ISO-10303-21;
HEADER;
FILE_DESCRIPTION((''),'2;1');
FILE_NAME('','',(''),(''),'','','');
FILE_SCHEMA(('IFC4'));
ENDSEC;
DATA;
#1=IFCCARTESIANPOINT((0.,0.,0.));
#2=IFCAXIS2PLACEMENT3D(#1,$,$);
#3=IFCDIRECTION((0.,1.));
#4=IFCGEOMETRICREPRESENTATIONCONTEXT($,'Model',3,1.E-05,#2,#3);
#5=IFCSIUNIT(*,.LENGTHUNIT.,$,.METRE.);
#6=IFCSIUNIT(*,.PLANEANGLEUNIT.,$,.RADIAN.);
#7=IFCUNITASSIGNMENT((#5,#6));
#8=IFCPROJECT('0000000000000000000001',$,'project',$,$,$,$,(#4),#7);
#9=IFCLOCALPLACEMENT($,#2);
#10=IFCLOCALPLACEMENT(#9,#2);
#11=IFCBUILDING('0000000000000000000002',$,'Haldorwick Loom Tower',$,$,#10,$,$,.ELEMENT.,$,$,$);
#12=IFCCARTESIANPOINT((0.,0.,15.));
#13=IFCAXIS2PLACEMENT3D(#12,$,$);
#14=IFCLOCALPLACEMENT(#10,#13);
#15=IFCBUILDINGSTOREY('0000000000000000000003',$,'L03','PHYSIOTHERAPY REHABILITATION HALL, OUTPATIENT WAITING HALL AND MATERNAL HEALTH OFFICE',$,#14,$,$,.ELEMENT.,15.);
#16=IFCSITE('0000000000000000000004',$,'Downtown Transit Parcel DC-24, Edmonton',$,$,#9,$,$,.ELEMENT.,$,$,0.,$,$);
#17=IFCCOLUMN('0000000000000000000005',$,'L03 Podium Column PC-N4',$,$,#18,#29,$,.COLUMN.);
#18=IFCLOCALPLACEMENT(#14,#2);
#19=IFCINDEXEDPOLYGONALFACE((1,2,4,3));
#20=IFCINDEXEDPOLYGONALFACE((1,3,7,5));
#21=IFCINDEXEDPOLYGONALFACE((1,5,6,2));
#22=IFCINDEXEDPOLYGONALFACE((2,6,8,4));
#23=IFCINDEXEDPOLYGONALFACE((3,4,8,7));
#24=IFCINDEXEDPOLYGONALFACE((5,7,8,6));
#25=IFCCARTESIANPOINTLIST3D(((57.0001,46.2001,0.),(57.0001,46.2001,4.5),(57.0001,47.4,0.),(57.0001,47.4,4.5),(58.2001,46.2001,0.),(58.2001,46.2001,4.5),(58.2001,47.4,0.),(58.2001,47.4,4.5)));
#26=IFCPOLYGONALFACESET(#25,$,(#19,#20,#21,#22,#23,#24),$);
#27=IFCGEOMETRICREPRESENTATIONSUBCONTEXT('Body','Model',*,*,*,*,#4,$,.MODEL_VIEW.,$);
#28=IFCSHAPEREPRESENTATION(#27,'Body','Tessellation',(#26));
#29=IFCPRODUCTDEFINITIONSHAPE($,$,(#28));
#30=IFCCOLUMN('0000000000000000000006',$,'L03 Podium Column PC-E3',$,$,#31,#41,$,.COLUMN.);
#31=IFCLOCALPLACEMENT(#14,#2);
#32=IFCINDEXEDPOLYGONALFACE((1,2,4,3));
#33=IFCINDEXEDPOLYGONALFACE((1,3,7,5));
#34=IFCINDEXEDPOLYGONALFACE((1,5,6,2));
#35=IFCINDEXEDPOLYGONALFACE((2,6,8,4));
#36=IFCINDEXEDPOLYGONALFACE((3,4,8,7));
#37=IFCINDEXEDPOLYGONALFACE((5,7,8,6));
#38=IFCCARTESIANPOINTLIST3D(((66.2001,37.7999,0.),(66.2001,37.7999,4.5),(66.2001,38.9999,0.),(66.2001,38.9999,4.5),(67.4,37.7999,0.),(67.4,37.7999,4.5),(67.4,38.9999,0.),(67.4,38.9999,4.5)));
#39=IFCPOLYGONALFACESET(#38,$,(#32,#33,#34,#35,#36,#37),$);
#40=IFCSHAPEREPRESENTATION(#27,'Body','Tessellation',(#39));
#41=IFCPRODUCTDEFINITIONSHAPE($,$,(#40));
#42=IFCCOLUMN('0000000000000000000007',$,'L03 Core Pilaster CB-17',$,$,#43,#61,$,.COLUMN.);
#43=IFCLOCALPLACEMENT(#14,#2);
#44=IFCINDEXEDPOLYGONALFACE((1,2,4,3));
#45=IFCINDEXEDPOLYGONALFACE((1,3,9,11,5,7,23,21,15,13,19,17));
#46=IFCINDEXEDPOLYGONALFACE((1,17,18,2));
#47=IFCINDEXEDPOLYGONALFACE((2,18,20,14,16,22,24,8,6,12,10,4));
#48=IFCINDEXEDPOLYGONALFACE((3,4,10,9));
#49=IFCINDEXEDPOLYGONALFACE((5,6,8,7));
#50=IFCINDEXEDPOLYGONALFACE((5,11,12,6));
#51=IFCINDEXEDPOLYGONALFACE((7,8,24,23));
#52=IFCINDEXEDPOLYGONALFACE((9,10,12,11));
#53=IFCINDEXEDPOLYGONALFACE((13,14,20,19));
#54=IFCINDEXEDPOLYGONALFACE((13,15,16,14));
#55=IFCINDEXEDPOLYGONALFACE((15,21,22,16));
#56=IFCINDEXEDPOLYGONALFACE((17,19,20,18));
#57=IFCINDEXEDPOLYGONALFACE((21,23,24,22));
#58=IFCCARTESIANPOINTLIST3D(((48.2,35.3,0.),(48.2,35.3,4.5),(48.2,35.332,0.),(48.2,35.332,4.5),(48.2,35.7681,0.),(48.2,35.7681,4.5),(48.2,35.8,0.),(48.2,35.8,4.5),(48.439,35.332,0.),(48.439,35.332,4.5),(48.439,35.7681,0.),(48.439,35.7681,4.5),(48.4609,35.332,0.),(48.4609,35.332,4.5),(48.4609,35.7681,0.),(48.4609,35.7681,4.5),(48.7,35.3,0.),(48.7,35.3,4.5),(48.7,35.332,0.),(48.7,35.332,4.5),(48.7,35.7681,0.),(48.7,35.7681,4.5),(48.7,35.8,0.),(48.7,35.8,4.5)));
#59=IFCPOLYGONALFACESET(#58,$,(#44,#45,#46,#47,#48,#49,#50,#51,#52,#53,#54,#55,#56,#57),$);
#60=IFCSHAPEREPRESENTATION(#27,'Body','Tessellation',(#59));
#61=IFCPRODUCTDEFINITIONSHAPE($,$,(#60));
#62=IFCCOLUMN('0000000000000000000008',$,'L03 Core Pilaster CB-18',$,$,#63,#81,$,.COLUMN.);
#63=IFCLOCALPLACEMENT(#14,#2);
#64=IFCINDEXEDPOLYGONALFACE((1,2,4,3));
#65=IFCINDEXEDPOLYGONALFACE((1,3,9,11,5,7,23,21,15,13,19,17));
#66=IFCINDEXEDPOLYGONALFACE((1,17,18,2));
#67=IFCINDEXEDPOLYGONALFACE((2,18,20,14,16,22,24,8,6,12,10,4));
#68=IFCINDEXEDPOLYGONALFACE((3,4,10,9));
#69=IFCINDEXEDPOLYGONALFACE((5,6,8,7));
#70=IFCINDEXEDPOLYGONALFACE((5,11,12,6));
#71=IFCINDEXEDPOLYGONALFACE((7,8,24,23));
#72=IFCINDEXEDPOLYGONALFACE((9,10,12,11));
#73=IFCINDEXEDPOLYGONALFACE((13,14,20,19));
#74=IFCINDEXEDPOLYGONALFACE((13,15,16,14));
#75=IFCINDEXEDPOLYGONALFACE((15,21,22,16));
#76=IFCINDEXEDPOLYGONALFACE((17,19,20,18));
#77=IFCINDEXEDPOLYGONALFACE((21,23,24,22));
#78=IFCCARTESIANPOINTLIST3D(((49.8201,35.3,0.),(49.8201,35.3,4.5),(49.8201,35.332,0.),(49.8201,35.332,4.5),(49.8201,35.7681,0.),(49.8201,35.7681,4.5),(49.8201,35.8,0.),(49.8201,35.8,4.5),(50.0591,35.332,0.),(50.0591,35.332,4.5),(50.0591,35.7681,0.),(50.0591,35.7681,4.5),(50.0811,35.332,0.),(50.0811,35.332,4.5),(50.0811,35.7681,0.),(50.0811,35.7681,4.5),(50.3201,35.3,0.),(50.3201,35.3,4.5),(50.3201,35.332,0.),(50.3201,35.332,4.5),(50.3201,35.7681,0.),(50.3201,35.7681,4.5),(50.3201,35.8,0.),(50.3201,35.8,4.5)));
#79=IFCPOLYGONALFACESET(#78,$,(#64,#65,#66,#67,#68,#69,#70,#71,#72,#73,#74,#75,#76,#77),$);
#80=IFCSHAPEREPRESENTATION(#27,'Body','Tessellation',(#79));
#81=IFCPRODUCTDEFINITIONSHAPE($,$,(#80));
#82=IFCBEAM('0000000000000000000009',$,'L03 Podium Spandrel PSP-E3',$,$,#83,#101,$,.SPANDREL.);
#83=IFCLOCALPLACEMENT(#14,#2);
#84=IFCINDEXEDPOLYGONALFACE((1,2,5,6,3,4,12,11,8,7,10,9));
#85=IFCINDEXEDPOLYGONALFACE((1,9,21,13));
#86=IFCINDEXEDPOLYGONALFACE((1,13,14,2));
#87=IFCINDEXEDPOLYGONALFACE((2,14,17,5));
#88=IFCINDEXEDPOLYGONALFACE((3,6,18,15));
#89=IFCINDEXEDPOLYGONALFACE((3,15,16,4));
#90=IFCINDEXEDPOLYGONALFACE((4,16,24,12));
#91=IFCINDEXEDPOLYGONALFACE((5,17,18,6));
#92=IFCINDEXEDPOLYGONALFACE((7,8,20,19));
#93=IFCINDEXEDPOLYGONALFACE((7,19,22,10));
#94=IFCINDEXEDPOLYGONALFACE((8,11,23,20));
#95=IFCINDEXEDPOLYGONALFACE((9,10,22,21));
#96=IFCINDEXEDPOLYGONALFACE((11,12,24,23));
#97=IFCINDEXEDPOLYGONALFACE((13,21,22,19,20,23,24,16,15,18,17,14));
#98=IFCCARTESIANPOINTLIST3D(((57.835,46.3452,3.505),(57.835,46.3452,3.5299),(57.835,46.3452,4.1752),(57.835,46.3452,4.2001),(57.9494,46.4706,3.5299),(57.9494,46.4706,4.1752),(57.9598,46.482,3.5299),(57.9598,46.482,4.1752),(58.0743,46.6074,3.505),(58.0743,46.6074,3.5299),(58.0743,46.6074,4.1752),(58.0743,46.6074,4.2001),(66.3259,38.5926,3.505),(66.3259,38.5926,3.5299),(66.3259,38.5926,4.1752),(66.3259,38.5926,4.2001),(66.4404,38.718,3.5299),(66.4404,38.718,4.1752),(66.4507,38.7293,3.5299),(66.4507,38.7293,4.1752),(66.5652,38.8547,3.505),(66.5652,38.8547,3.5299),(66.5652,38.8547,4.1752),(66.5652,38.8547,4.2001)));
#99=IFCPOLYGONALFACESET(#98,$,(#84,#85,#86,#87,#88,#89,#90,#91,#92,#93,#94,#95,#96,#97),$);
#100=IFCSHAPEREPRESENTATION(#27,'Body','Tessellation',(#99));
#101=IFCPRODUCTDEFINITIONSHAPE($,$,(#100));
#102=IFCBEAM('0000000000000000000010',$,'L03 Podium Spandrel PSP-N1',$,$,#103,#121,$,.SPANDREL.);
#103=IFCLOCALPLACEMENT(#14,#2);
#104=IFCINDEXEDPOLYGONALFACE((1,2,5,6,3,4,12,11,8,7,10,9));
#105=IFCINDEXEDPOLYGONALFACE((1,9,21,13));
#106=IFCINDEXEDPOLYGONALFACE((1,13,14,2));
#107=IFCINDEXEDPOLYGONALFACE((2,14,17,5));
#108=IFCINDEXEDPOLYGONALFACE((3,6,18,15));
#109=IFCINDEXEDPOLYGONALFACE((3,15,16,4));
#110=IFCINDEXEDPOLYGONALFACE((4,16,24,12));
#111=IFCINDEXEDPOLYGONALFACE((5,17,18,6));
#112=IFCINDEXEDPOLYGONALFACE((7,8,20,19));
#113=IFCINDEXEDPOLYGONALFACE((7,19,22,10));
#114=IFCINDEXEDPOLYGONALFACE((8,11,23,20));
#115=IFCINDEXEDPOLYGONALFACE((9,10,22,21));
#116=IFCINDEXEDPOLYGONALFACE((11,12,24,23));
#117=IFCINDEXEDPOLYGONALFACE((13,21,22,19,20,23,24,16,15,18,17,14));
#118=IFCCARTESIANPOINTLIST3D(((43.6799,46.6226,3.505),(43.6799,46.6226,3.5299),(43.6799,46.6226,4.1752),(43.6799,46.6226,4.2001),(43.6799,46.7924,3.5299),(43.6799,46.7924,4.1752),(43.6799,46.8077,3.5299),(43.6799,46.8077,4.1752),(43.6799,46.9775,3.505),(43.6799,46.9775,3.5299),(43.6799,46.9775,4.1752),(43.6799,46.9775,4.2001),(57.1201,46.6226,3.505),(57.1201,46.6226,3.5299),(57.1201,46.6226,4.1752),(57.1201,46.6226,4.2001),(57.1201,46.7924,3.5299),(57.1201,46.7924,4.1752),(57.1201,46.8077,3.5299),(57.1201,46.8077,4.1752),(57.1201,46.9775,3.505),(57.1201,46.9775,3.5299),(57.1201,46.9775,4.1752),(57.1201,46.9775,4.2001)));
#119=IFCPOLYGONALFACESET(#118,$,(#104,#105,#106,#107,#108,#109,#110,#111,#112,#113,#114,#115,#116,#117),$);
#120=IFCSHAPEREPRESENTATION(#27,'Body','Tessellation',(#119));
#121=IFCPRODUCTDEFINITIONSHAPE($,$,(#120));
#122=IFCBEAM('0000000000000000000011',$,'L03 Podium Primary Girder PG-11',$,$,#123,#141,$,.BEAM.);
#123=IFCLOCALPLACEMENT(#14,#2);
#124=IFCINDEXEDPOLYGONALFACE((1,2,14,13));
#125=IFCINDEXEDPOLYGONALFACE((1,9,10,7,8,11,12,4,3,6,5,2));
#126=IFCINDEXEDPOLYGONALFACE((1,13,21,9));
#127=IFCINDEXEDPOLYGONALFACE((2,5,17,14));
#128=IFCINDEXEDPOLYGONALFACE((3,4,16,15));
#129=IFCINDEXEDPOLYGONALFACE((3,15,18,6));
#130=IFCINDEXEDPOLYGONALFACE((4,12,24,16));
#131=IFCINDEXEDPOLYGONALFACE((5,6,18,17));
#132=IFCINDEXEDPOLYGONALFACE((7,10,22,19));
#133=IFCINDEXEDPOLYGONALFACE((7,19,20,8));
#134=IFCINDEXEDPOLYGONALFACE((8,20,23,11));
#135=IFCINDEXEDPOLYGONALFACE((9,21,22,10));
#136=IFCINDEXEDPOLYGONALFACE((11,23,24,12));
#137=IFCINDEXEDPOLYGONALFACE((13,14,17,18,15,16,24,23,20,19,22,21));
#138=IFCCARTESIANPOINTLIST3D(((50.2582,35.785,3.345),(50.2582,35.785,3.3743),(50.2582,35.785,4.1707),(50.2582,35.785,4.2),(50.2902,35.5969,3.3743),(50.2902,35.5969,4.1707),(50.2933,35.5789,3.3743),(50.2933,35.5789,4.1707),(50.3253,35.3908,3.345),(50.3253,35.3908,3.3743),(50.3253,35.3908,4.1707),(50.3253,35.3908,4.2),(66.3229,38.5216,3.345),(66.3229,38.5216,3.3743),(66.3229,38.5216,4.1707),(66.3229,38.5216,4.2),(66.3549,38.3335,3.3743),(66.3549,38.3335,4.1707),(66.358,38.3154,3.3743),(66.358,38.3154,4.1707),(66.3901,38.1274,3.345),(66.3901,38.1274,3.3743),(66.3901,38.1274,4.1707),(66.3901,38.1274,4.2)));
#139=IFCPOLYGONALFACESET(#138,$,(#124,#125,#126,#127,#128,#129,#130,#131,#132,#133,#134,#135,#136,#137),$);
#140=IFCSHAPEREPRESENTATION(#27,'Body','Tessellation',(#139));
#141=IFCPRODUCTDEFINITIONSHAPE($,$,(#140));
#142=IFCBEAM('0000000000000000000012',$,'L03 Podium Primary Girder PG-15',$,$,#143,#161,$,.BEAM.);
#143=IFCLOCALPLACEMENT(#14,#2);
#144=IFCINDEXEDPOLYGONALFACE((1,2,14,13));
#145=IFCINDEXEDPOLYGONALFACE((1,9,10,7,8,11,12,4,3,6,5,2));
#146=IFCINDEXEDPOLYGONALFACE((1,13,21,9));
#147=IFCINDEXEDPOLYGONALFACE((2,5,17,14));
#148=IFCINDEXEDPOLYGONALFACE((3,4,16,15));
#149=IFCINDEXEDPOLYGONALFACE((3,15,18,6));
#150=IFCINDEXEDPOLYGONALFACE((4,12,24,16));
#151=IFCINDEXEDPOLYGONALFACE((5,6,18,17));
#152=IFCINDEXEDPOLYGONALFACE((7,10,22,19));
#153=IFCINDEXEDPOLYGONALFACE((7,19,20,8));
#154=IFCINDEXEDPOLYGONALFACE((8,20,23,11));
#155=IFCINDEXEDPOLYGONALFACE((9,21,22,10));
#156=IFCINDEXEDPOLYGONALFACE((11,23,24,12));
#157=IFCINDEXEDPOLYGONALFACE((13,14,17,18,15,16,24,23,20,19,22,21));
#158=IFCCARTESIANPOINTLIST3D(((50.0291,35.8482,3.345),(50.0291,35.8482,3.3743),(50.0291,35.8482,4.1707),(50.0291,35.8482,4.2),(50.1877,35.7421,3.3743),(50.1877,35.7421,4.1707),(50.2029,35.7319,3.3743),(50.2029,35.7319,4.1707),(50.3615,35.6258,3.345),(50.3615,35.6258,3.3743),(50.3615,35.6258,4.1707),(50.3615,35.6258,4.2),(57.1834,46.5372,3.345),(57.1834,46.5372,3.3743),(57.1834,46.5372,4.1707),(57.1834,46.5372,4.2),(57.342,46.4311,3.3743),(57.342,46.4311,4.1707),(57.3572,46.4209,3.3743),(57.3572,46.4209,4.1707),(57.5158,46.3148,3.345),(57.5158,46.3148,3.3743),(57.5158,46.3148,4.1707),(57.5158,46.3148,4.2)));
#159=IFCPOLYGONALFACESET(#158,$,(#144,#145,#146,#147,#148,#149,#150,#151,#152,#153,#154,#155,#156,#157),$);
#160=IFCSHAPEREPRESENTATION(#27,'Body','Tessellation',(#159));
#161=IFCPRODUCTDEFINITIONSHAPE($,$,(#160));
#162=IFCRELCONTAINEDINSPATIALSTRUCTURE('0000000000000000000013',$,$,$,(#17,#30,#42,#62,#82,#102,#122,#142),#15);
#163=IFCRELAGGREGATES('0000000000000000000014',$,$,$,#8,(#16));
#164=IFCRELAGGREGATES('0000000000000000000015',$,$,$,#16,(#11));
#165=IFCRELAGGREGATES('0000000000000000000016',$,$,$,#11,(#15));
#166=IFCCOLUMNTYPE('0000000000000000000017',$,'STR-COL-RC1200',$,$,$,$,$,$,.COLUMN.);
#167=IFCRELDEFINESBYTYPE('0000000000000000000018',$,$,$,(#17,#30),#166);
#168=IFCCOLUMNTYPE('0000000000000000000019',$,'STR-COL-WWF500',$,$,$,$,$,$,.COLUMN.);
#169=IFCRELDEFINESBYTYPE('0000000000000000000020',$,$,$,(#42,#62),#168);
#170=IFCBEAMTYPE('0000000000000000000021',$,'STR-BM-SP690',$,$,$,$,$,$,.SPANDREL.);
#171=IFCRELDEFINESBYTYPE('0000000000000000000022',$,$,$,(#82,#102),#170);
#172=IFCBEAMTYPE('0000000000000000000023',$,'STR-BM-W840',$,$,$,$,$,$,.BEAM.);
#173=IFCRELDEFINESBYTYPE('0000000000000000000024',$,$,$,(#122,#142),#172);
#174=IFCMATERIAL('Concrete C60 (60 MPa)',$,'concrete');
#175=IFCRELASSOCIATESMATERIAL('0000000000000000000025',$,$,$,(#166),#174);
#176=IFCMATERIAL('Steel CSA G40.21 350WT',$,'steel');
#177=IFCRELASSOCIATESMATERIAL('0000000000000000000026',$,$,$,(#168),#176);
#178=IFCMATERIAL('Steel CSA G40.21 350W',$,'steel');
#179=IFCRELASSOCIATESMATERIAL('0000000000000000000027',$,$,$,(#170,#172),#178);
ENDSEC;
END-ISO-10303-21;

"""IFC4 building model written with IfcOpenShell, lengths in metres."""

from ifc_helpers import new_model, si_unit, direction, frame, origin, origin_2d, place, context, subcontext, project, spatial, rectangle, i_section, extrude, material, material_profile, profile_set, type_object, element, save


model = new_model("IFC4")

# Units and contexts
model_context = context("Model", 3, precision=1e-05, world=origin(), true_north=direction((0.0, 1.0)))
body_context = subcontext(model_context, "Body", "Model", "MODEL_VIEW")
ifc_project = project(units=[si_unit("LENGTHUNIT", "METRE"), si_unit("PLANEANGLEUNIT", "RADIAN")], contexts=[model_context])

# Site, building, storey
site_placement = place(None, origin())
site = spatial("IfcSite", under=ifc_project, at=site_placement, Name="Downtown Transit Parcel DC-24, Edmonton", CompositionType="ELEMENT", RefElevation=0.0)
building_placement = place(site_placement, origin())
building = spatial("IfcBuilding", under=site, at=building_placement, Name="Haldorwick Loom Tower", CompositionType="ELEMENT")
storey_placement = place(building_placement, frame((0.0, 0.0, 15.0)))
storey = spatial("IfcBuildingStorey", under=building, at=storey_placement, Name="L03", Description="PHYSIOTHERAPY REHABILITATION HALL, OUTPATIENT WAITING HALL AND MATERNAL HEALTH OFFICE", CompositionType="ELEMENT", Elevation=15.0)

# Columns
ifc_material_1 = material(Name="Concrete C60 (60 MPa)", Category="concrete")
ifc_material_profile_1 = material_profile(ifc_material_1, rectangle(XDim=1.2, YDim=1.2, at=origin_2d()), Name="RC1200X1200", Category="concrete")
ifc_profile_set_1 = profile_set([ifc_material_profile_1], Name="Concrete C60 (60 MPa)")
column_type_1 = type_object("IfcColumnType", Name="STR-COL-RC1200", PredefinedType="COLUMN", material=ifc_profile_set_1)
for number, where, z_axis, x_axis, name in (
    (1, (57.6001, 46.8, 0.0), (0.0, 0.0, 1.0), (1.0, 0.0, 0.0), "L03 Podium Column PC-N4"),
    (2, (66.8, 38.3999, 0.0), (0.0, 0.0, 1.0), (1.0, 0.0, 0.0), "L03 Podium Column PC-E3"),
):
    element("IfcColumn", number, at=place(storey_placement, frame(where, z_axis=z_axis, x_axis=x_axis)), inside=storey, type_object=column_type_1, Name=name, PredefinedType="COLUMN", context=body_context, shape_type="SweptSolid", body=[
        extrude(rectangle(XDim=1.2, YDim=1.2, at=origin_2d()), origin(), (0.0, 0.0, 1.0), 4.5),
    ])
ifc_material_2 = material(Name="Steel CSA G40.21 350WT", Category="steel")
ifc_material_profile_2 = material_profile(ifc_material_2, i_section(OverallWidth=0.5, OverallDepth=0.5, WebThickness=0.022, FlangeThickness=0.032, at=origin_2d()), Name="WWF500X500", Category="steel")
ifc_profile_set_2 = profile_set([ifc_material_profile_2], Name="Steel CSA G40.21 350WT")
column_type_2 = type_object("IfcColumnType", Name="STR-COL-WWF500", PredefinedType="COLUMN", material=ifc_profile_set_2)
for number, where, z_axis, x_axis, name in (
    (3, (48.45, 35.55, 0.0), (0.0, 0.0, 1.0), (1.0, 0.0, 0.0), "L03 Core Pilaster CB-17"),
    (4, (50.0701, 35.55, 0.0), (0.0, 0.0, 1.0), (1.0, 0.0, 0.0), "L03 Core Pilaster CB-18"),
):
    element("IfcColumn", number, at=place(storey_placement, frame(where, z_axis=z_axis, x_axis=x_axis)), inside=storey, type_object=column_type_2, Name=name, PredefinedType="COLUMN", context=body_context, shape_type="SweptSolid", body=[
        extrude(i_section(OverallWidth=0.5, OverallDepth=0.5, WebThickness=0.022, FlangeThickness=0.032, at=origin_2d()), origin(), (0.0, 0.0, 1.0), 4.5),
    ])

# Beams
ifc_material_3 = material(Name="Steel CSA G40.21 350W", Category="steel")
ifc_material_profile_3 = material_profile(ifc_material_3, i_section(OverallWidth=0.355, OverallDepth=0.6951, WebThickness=0.0154, FlangeThickness=0.0249, at=origin_2d()), Name="W690X217", Category="steel")
ifc_profile_set_3 = profile_set([ifc_material_profile_3], Name="Steel CSA G40.21 350W")
beam_type_1 = type_object("IfcBeamType", Name="STR-BM-SP690", PredefinedType="SPANDREL", material=ifc_profile_set_3)
beam_1_placement = place(storey_placement, frame((66.4456, 38.7236, 3.8525), z_axis=(-0.738483, 0.674272, 0.0), x_axis=(-0.674272, -0.738483, 0.0)))
element("IfcBeam", 5, at=beam_1_placement, inside=storey, type_object=beam_type_1, Name="L03 Podium Spandrel PSP-E3", PredefinedType="SPANDREL", context=body_context, shape_type="SweptSolid", body=[
    extrude(i_section(OverallWidth=0.355, OverallDepth=0.6951, WebThickness=0.0154, FlangeThickness=0.0249, at=origin_2d()), origin(), (0.0, 0.0, 1.0), 11.4978),
])
beam_2_placement = place(storey_placement, frame((57.1201, 46.8, 3.8525), z_axis=(-1.0, 0.0, 0.0), x_axis=(0.0, -1.0, 0.0)))
element("IfcBeam", 6, at=beam_2_placement, inside=storey, type_object=beam_type_1, Name="L03 Podium Spandrel PSP-N1", PredefinedType="SPANDREL", context=body_context, shape_type="SweptSolid", body=[
    extrude(i_section(OverallWidth=0.355, OverallDepth=0.6951, WebThickness=0.0154, FlangeThickness=0.0249, at=origin_2d()), origin(), (0.0, 0.0, 1.0), 13.4402),
])
ifc_material_profile_4 = material_profile(ifc_material_3, i_section(OverallWidth=0.3999, OverallDepth=0.855, WebThickness=0.0183, FlangeThickness=0.0293, at=origin_2d()), Name="W840X299", Category="steel")
ifc_profile_set_4 = profile_set([ifc_material_profile_4], Name="Steel CSA G40.21 350W")
beam_type_2 = type_object("IfcBeamType", Name="STR-BM-W840", PredefinedType="BEAM", material=ifc_profile_set_4)
beam_3_placement = place(storey_placement, frame((50.2917, 35.5879, 3.7725), z_axis=(0.985799, 0.167928, 0.0), x_axis=(-0.167928, 0.985799, 0.0)))
element("IfcBeam", 7, at=beam_3_placement, inside=storey, type_object=beam_type_2, Name="L03 Podium Primary Girder PG-11", PredefinedType="BEAM", context=body_context, shape_type="SweptSolid", body=[
    extrude(i_section(OverallWidth=0.3999, OverallDepth=0.855, WebThickness=0.0183, FlangeThickness=0.0293, at=origin_2d()), origin(), (0.0, 0.0, 1.0), 16.2961),
])
beam_4_placement = place(storey_placement, frame((57.3496, 46.426, 3.7725), z_axis=(-0.556224, -0.831033, 0.0), x_axis=(0.831033, -0.556224, 0.0)))
element("IfcBeam", 8, at=beam_4_placement, inside=storey, type_object=beam_type_2, Name="L03 Podium Primary Girder PG-15", PredefinedType="BEAM", context=body_context, shape_type="SweptSolid", body=[
    extrude(i_section(OverallWidth=0.3999, OverallDepth=0.855, WebThickness=0.0183, FlangeThickness=0.0293, at=origin_2d()), origin(), (0.0, 0.0, 1.0), 12.8623),
])

save(model, "model.ifc")
